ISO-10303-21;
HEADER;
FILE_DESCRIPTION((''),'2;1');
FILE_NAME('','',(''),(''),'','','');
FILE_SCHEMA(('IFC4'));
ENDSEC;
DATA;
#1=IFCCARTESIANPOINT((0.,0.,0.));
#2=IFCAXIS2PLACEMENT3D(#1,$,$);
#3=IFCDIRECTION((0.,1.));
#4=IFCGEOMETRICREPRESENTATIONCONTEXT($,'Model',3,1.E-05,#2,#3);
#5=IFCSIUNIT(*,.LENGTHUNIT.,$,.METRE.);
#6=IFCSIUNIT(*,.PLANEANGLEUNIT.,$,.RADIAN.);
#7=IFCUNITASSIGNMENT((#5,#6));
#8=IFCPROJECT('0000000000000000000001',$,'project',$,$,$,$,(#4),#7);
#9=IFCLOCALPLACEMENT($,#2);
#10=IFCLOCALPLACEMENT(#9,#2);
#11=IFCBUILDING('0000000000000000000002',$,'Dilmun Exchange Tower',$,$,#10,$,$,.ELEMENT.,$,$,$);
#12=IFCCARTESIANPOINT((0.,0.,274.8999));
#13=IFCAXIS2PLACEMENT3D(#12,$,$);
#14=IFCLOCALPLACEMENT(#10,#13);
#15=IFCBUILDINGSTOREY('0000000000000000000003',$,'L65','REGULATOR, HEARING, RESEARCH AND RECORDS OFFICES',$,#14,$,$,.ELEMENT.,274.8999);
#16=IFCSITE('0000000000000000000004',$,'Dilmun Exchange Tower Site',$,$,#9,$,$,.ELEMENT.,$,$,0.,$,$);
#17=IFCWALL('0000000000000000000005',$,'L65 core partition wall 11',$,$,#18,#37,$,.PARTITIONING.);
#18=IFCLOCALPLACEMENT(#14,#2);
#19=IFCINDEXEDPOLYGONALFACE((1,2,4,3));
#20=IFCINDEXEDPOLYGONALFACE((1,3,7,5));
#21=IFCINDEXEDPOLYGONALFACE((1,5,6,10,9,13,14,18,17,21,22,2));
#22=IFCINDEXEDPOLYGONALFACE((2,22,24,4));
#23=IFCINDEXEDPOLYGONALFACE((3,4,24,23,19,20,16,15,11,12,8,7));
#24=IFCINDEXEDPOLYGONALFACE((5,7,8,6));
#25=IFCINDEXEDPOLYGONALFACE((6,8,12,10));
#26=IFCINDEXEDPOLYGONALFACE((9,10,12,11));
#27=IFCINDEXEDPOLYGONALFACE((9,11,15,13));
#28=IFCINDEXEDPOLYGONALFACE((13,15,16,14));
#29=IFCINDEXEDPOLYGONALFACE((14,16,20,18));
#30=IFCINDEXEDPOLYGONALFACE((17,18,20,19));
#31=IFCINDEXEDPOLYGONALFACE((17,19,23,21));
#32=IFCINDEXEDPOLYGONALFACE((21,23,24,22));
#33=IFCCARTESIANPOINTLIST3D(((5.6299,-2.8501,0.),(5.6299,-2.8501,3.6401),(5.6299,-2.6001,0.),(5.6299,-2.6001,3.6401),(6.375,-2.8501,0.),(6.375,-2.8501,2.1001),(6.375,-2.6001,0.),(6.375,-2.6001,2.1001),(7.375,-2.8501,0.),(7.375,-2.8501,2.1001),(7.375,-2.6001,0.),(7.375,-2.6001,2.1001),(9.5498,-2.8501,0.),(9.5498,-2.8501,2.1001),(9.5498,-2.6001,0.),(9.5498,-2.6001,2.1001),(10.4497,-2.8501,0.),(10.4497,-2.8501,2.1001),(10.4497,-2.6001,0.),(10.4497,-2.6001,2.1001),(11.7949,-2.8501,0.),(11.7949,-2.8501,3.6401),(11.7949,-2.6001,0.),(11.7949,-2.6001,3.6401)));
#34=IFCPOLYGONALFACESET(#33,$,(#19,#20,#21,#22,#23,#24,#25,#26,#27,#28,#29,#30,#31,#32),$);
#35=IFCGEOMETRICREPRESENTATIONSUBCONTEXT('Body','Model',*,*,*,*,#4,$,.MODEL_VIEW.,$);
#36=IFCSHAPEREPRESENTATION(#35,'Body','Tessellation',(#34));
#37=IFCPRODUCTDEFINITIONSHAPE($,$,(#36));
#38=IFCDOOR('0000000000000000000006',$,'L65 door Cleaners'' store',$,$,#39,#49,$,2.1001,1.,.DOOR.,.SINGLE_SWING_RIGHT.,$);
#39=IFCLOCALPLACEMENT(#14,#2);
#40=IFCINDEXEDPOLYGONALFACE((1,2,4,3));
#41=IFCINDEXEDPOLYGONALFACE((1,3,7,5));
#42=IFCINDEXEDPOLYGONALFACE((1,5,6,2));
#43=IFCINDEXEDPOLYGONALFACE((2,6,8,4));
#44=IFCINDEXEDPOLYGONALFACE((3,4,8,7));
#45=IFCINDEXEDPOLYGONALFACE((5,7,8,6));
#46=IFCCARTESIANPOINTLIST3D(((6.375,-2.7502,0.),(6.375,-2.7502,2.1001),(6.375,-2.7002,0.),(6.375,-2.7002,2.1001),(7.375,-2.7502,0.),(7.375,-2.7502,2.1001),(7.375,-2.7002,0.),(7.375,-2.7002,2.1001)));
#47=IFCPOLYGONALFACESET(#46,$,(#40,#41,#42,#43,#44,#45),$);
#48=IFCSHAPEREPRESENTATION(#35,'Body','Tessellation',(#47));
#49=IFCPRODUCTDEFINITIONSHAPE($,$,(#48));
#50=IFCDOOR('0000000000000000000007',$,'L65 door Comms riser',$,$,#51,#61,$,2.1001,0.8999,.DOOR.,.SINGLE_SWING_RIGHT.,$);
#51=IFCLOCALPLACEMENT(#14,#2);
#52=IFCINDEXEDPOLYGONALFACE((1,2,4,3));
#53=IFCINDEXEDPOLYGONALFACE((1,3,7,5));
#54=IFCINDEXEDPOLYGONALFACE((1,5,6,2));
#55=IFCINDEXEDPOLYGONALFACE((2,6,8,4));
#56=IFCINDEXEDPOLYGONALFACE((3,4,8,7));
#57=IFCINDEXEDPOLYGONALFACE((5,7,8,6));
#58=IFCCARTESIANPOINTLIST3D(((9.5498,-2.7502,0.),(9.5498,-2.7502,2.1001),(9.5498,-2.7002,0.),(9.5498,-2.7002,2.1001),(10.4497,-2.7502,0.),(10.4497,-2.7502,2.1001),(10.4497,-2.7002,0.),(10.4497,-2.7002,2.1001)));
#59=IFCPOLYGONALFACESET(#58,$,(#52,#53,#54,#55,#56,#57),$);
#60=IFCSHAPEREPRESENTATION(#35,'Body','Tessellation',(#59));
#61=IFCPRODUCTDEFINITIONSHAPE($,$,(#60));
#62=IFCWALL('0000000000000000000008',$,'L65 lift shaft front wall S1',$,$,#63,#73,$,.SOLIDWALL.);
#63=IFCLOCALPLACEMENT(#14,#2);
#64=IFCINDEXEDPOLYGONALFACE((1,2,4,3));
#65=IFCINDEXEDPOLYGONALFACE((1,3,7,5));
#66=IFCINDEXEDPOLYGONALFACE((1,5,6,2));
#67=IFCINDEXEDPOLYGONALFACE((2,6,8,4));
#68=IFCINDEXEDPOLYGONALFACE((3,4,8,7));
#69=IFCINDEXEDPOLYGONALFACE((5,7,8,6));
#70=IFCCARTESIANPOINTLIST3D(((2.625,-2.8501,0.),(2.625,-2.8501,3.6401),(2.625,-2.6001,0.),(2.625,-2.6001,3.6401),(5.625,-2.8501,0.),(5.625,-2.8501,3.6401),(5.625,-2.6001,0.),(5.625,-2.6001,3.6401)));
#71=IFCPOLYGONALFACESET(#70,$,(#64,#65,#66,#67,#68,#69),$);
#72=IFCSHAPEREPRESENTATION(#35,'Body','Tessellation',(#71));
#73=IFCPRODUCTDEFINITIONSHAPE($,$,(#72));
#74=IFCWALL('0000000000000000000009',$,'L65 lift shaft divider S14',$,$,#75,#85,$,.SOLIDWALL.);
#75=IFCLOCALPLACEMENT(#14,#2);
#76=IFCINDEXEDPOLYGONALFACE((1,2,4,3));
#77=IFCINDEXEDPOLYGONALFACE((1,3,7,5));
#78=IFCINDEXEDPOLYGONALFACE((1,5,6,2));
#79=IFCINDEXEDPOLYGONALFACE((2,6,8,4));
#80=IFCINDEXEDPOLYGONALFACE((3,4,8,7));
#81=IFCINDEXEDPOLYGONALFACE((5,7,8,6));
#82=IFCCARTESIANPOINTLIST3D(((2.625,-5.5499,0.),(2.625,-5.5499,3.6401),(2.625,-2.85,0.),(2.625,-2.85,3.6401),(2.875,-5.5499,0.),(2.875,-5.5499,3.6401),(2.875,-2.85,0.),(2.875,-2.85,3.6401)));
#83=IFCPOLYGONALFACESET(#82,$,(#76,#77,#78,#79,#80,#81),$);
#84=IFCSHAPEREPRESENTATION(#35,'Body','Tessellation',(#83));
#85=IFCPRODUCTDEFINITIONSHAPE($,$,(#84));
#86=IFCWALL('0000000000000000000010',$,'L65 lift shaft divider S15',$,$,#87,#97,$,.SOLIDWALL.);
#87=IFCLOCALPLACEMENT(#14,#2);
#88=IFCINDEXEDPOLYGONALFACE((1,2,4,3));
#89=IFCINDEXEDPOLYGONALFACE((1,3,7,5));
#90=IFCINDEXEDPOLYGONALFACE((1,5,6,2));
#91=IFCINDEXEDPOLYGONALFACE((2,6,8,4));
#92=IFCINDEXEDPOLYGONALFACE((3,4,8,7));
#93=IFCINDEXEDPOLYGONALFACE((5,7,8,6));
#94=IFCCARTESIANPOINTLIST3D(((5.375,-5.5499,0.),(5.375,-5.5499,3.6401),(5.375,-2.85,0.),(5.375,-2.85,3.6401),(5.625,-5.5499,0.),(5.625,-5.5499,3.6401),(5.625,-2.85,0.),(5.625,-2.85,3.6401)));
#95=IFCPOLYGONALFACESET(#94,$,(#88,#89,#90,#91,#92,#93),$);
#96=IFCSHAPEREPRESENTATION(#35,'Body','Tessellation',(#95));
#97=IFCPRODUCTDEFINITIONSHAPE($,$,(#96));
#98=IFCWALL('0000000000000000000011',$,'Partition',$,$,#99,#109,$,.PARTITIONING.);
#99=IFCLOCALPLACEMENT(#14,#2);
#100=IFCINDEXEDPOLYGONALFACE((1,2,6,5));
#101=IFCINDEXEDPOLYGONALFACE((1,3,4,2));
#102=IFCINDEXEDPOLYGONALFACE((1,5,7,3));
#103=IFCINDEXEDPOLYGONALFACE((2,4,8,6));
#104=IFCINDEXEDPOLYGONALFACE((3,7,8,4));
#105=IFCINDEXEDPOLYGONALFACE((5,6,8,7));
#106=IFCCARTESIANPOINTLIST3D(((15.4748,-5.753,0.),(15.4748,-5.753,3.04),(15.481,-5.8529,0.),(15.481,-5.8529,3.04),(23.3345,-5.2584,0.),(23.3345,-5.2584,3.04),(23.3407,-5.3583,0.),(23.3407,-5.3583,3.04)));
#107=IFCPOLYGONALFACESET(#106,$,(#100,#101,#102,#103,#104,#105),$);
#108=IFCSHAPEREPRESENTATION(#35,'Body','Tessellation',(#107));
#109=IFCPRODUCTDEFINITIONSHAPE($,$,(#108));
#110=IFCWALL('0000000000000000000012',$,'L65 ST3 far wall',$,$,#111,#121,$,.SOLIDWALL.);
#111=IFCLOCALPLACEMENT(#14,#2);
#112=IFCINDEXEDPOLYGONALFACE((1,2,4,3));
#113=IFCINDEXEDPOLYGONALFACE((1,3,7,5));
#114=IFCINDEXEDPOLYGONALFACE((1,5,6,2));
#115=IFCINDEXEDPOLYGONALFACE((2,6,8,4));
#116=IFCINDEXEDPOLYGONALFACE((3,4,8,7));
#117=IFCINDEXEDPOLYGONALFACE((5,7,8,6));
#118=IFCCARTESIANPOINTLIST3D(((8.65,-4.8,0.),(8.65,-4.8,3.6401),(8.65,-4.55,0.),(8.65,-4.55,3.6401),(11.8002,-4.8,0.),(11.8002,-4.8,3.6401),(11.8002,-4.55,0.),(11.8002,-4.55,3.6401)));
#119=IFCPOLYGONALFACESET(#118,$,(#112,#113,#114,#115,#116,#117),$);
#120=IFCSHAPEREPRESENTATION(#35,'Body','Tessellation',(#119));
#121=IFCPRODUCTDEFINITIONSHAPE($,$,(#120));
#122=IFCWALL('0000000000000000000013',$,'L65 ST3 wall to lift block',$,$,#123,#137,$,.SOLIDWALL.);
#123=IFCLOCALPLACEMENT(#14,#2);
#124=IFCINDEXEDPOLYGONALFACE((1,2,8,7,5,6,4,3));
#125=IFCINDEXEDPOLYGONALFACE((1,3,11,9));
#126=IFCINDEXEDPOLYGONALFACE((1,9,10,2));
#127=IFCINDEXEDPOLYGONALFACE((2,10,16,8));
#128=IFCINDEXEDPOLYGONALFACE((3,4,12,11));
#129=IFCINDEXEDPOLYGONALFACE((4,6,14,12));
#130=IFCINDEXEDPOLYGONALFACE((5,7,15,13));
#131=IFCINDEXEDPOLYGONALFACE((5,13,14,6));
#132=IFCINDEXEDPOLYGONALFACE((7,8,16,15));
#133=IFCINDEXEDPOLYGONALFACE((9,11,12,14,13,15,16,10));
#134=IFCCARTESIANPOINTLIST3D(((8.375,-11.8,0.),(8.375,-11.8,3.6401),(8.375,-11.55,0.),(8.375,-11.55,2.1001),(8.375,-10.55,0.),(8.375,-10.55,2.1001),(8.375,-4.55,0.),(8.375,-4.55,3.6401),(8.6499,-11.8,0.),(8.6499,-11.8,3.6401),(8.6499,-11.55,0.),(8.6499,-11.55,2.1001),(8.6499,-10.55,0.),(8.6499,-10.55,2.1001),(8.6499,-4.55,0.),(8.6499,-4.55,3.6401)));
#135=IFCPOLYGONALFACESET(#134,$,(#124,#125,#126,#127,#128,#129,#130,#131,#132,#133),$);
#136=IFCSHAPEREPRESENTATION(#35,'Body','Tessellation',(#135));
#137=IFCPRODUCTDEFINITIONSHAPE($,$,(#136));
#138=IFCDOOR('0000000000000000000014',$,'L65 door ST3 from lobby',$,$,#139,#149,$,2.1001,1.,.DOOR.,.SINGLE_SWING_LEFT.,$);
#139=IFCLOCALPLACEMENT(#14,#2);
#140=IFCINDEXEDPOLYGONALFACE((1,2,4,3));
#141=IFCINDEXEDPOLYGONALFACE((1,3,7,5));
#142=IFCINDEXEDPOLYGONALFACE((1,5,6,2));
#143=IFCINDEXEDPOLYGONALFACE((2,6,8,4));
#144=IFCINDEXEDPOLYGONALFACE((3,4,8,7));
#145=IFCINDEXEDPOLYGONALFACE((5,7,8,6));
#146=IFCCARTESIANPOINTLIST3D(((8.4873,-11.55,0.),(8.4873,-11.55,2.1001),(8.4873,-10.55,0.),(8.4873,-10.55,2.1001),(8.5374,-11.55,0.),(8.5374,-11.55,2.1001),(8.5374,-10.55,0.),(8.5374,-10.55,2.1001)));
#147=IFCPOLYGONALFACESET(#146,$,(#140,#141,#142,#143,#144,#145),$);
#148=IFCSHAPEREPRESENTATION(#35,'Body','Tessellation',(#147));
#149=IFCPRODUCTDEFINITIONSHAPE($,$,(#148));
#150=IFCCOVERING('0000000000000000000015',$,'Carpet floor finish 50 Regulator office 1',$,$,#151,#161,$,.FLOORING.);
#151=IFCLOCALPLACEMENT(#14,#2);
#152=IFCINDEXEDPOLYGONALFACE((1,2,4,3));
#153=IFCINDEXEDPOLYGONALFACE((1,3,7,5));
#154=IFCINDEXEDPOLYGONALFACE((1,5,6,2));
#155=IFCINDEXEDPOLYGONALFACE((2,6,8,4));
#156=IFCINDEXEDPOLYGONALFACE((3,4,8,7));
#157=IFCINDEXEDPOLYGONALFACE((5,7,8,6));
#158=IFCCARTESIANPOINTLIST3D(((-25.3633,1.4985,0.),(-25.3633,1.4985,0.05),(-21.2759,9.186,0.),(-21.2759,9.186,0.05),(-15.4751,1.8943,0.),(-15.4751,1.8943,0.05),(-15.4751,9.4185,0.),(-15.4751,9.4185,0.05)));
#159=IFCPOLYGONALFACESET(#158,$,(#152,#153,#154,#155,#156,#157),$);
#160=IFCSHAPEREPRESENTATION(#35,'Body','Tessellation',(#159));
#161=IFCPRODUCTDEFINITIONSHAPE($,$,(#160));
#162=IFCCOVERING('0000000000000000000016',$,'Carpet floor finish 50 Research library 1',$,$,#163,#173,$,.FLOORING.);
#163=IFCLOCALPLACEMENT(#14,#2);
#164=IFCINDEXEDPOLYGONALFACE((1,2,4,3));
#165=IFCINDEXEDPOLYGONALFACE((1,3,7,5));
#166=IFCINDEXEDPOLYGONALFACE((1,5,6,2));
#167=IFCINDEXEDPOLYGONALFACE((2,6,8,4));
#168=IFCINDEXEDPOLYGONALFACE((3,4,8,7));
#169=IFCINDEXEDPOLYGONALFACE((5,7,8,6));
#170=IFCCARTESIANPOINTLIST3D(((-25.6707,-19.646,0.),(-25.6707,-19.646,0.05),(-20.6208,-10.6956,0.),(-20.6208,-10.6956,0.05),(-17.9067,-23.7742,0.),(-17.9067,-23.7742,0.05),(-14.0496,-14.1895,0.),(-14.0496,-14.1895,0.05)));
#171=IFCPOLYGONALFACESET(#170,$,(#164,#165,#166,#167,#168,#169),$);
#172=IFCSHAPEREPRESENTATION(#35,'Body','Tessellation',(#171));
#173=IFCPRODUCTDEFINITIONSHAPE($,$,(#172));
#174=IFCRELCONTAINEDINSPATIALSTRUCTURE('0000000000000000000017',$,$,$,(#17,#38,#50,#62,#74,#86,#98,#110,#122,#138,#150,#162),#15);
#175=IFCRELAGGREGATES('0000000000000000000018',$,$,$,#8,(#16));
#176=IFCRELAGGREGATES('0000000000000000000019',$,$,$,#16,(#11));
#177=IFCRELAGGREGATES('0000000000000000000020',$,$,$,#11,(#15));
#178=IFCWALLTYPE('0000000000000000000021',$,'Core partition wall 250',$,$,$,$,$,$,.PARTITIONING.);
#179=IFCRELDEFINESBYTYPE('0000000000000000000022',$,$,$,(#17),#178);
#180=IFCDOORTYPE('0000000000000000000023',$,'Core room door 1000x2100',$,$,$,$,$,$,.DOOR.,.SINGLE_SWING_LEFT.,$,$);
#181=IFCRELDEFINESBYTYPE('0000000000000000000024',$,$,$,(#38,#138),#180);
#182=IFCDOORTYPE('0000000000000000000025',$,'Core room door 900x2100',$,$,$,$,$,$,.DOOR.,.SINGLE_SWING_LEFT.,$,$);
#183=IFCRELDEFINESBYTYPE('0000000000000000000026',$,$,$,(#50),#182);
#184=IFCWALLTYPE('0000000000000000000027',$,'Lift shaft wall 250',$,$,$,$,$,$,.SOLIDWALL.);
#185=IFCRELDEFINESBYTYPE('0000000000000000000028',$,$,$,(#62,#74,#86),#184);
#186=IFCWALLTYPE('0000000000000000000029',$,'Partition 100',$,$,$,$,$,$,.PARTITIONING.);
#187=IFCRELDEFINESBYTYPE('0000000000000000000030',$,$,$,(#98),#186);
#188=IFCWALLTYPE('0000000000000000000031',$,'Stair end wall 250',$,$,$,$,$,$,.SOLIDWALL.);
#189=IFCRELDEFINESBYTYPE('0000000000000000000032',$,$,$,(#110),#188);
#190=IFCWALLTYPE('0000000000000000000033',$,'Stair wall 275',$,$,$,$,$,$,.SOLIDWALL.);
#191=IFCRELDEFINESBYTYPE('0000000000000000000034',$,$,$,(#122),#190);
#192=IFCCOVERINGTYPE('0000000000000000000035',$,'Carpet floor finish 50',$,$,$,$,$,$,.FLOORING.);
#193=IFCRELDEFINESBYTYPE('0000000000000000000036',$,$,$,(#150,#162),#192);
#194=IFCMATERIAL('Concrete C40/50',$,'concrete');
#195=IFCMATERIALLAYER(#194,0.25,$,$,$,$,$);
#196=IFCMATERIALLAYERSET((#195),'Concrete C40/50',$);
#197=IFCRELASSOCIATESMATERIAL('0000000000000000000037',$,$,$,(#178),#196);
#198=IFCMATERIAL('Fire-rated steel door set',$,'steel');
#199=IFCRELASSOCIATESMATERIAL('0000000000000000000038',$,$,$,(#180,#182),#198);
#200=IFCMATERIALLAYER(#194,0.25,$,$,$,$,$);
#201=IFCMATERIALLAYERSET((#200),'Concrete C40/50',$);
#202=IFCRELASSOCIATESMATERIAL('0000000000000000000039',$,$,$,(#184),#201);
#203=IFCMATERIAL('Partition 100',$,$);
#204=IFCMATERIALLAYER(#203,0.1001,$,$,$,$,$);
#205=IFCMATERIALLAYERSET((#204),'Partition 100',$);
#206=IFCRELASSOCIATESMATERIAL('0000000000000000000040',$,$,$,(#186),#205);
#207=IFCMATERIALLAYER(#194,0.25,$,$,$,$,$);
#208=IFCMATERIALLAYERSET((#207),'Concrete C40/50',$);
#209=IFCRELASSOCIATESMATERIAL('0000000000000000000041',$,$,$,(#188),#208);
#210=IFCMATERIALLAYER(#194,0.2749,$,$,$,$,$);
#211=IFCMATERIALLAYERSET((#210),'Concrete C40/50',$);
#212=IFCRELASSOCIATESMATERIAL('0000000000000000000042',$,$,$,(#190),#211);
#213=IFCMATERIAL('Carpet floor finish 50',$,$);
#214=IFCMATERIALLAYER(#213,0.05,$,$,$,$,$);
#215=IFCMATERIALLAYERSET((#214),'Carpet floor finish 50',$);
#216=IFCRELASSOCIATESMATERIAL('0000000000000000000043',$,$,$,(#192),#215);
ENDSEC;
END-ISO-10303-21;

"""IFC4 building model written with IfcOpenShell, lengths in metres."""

from ifc_helpers import new_model, si_unit, direction, frame, frame_2d, origin, place, context, subcontext, project, spatial, polyline, rectangle, outline, extrude, material, layer, layer_set, type_object, element, fill, save


model = new_model("IFC4")

# Units and contexts
model_context = context("Model", 3, precision=1e-05, world=origin(), true_north=direction((0.0, 1.0)))
body_context = subcontext(model_context, "Body", "Model", "MODEL_VIEW")
ifc_project = project(units=[si_unit("LENGTHUNIT", "METRE"), si_unit("PLANEANGLEUNIT", "RADIAN")], contexts=[model_context])

# Site, building, storey
site_placement = place(None, origin())
site = spatial("IfcSite", under=ifc_project, at=site_placement, Name="Dilmun Exchange Tower Site", CompositionType="ELEMENT", RefElevation=0.0)
building_placement = place(site_placement, origin())
building = spatial("IfcBuilding", under=site, at=building_placement, Name="Dilmun Exchange Tower", CompositionType="ELEMENT")
storey_placement = place(building_placement, frame((0.0, 0.0, 274.8999)))
storey = spatial("IfcBuildingStorey", under=building, at=storey_placement, Name="L65", Description="REGULATOR, HEARING, RESEARCH AND RECORDS OFFICES", CompositionType="ELEMENT", Elevation=274.8999)

# Shared definitions
ifc_material_1 = material(Name="Concrete C40/50", Category="concrete")

# Shared definitions
ifc_material_2 = material(Name="Fire-rated steel door set", Category="steel")

# Shared definitions
ifc_layer_1 = layer(ifc_material_1, 0.25)
ifc_layer_set_1 = layer_set([ifc_layer_1], Name="Concrete C40/50")
wall_type_1 = type_object("IfcWallType", Name="Core partition wall 250", PredefinedType="PARTITIONING", material=ifc_layer_set_1)

# Wall, openings, doors
wall_1_placement = place(storey_placement, frame((5.6299, -2.7251, 0.0), z_axis=(0.0, 0.0, 1.0), x_axis=(1.0, 0.0, 0.0)))
wall_1 = element("IfcWall", 1, at=wall_1_placement, inside=storey, type_object=wall_type_1, Name="L65 core partition wall 11", PredefinedType="PARTITIONING", context=body_context, shape_type="SweptSolid", body=[
    extrude(rectangle(XDim=6.165, YDim=0.25, at=frame_2d((3.0825, 0.0))), origin(), (0.0, 0.0, 1.0), 3.6401),
])
opening_1_placement = place(wall_1_placement, frame((0.7451, 0.0, 0.0)))
opening_1 = element("IfcOpeningElement", 2, at=opening_1_placement, cuts=wall_1, PredefinedType="OPENING", context=body_context, shape_type="SweptSolid", body=[
    extrude(rectangle(XDim=1.0, YDim=2.1001, at=frame_2d((0.5, 1.05))), frame((0.0, 0.135, 0.0), z_axis=(0.0, -1.0, 0.0), x_axis=(1.0, 0.0, 0.0)), (0.0, 0.0, 1.0), 0.27),
])
opening_2_placement = place(wall_1_placement, frame((3.9199, 0.0, 0.0)))
opening_2 = element("IfcOpeningElement", 3, at=opening_2_placement, cuts=wall_1, PredefinedType="OPENING", context=body_context, shape_type="SweptSolid", body=[
    extrude(rectangle(XDim=0.8999, YDim=2.1001, at=frame_2d((0.45, 1.05))), frame((0.0, 0.135, 0.0), z_axis=(0.0, -1.0, 0.0), x_axis=(1.0, 0.0, 0.0)), (0.0, 0.0, 1.0), 0.27),
])
door_type_1 = type_object("IfcDoorType", Name="Core room door 1000x2100", OperationType="SINGLE_SWING_LEFT", PredefinedType="DOOR", material=ifc_material_2)
door_1_placement = place(opening_1_placement, origin())
door_1 = element("IfcDoor", 4, at=door_1_placement, inside=storey, type_object=door_type_1, Name="L65 door Cleaners' store", OperationType="SINGLE_SWING_RIGHT", OverallHeight=2.1001, OverallWidth=1.0, PredefinedType="DOOR", context=body_context, shape_type="SweptSolid", body=[
    extrude(rectangle(XDim=1.0, YDim=2.1001, at=frame_2d((0.5, 1.05))), frame((0.0, 0.0249, 0.0), z_axis=(0.0, -1.0, 0.0), x_axis=(1.0, 0.0, 0.0)), (0.0, 0.0, 1.0), 0.05),
])
fill(opening_1, door_1)
door_type_2 = type_object("IfcDoorType", Name="Core room door 900x2100", OperationType="SINGLE_SWING_LEFT", PredefinedType="DOOR", material=ifc_material_2)
door_2_placement = place(opening_2_placement, origin())
door_2 = element("IfcDoor", 5, at=door_2_placement, inside=storey, type_object=door_type_2, Name="L65 door Comms riser", OperationType="SINGLE_SWING_RIGHT", OverallHeight=2.1001, OverallWidth=0.8999, PredefinedType="DOOR", context=body_context, shape_type="SweptSolid", body=[
    extrude(rectangle(XDim=0.8999, YDim=2.1001, at=frame_2d((0.45, 1.05))), frame((0.0, 0.0249, 0.0), z_axis=(0.0, -1.0, 0.0), x_axis=(1.0, 0.0, 0.0)), (0.0, 0.0, 1.0), 0.05),
])
fill(opening_2, door_2)

# Walls
ifc_layer_2 = layer(ifc_material_1, 0.25)
ifc_layer_set_2 = layer_set([ifc_layer_2], Name="Concrete C40/50")
wall_type_2 = type_object("IfcWallType", Name="Lift shaft wall 250", PredefinedType="SOLIDWALL", material=ifc_layer_set_2)
wall_2_placement = place(storey_placement, frame((2.625, -2.7251, 0.0), z_axis=(0.0, 0.0, 1.0), x_axis=(1.0, 0.0, 0.0)))
element("IfcWall", 6, at=wall_2_placement, inside=storey, type_object=wall_type_2, Name="L65 lift shaft front wall S1", PredefinedType="SOLIDWALL", context=body_context, shape_type="SweptSolid", body=[
    extrude(rectangle(XDim=3.0, YDim=0.25, at=frame_2d((1.5, 0.0))), origin(), (0.0, 0.0, 1.0), 3.6401),
])
for number, where, z_axis, x_axis, name in (
    (7, (2.75, -5.55, 0.0), (0.0, 0.0, 1.0), (0.0, 1.0, 0.0), "L65 lift shaft divider S14"),
    (8, (5.5, -5.55, 0.0), (0.0, 0.0, 1.0), (0.0, 1.0, 0.0), "L65 lift shaft divider S15"),
):
    element("IfcWall", number, at=place(storey_placement, frame(where, z_axis=z_axis, x_axis=x_axis)), inside=storey, type_object=wall_type_2, Name=name, PredefinedType="SOLIDWALL", context=body_context, shape_type="SweptSolid", body=[
        extrude(rectangle(XDim=2.7, YDim=0.25, at=frame_2d((1.3501, 0.0))), origin(), (0.0, 0.0, 1.0), 3.6401),
    ])
ifc_material_3 = material(Name="Partition 100")
ifc_layer_3 = layer(ifc_material_3, 0.1001)
ifc_layer_set_3 = layer_set([ifc_layer_3], Name="Partition 100")
wall_type_3 = type_object("IfcWallType", Name="Partition 100", PredefinedType="PARTITIONING", material=ifc_layer_set_3)
wall_3_placement = place(storey_placement, frame((15.478, -5.803, 0.0), z_axis=(0.0, 0.0, 1.0), x_axis=(0.998026, 0.062809, 0.0)))
element("IfcWall", 9, at=wall_3_placement, inside=storey, type_object=wall_type_3, Name="Partition", PredefinedType="PARTITIONING", context=body_context, shape_type="SweptSolid", body=[
    extrude(rectangle(XDim=7.8752, YDim=0.1001, at=frame_2d((3.9375, 0.0))), origin(), (0.0, 0.0, 1.0), 3.04),
])
ifc_layer_4 = layer(ifc_material_1, 0.25)
ifc_layer_set_4 = layer_set([ifc_layer_4], Name="Concrete C40/50")
wall_type_4 = type_object("IfcWallType", Name="Stair end wall 250", PredefinedType="SOLIDWALL", material=ifc_layer_set_4)
wall_4_placement = place(storey_placement, frame((8.6499, -4.675, 0.0), z_axis=(0.0, 0.0, 1.0), x_axis=(1.0, 0.0, 0.0)))
element("IfcWall", 10, at=wall_4_placement, inside=storey, type_object=wall_type_4, Name="L65 ST3 far wall", PredefinedType="SOLIDWALL", context=body_context, shape_type="SweptSolid", body=[
    extrude(rectangle(XDim=3.1501, YDim=0.25, at=frame_2d((1.5752, 0.0))), origin(), (0.0, 0.0, 1.0), 3.6401),
])

# Wall, opening, door
ifc_layer_5 = layer(ifc_material_1, 0.2749)
ifc_layer_set_5 = layer_set([ifc_layer_5], Name="Concrete C40/50")
wall_type_5 = type_object("IfcWallType", Name="Stair wall 275", PredefinedType="SOLIDWALL", material=ifc_layer_set_5)
wall_5_placement = place(storey_placement, frame((8.5125, -4.55, 0.0), z_axis=(0.0, 0.0, 1.0), x_axis=(0.0, -1.0, 0.0)))
wall_5 = element("IfcWall", 11, at=wall_5_placement, inside=storey, type_object=wall_type_5, Name="L65 ST3 wall to lift block", PredefinedType="SOLIDWALL", context=body_context, shape_type="SweptSolid", body=[
    extrude(rectangle(XDim=7.25, YDim=0.2749, at=frame_2d((3.625, 0.0))), origin(), (0.0, 0.0, 1.0), 3.6401),
])
opening_3_placement = place(wall_5_placement, frame((6.0, 0.0, 0.0)))
opening_3 = element("IfcOpeningElement", 12, at=opening_3_placement, cuts=wall_5, PredefinedType="OPENING", context=body_context, shape_type="SweptSolid", body=[
    extrude(rectangle(XDim=1.0, YDim=2.1001, at=frame_2d((0.5, 1.05))), frame((0.0, 0.1475, 0.0), z_axis=(0.0, -1.0, 0.0), x_axis=(1.0, 0.0, 0.0)), (0.0, 0.0, 1.0), 0.2949),
])
door_3_placement = place(opening_3_placement, origin())
door_3 = element("IfcDoor", 13, at=door_3_placement, inside=storey, type_object=door_type_1, Name="L65 door ST3 from lobby", OperationType="SINGLE_SWING_LEFT", OverallHeight=2.1001, OverallWidth=1.0, PredefinedType="DOOR", context=body_context, shape_type="SweptSolid", body=[
    extrude(rectangle(XDim=1.0, YDim=2.1001, at=frame_2d((0.5, 1.05))), frame((0.0, 0.0249, 0.0), z_axis=(0.0, -1.0, 0.0), x_axis=(1.0, 0.0, 0.0)), (0.0, 0.0, 1.0), 0.05),
])
fill(opening_3, door_3)

# Coverings
ifc_material_4 = material(Name="Carpet floor finish 50")
ifc_layer_6 = layer(ifc_material_4, 0.05)
ifc_layer_set_6 = layer_set([ifc_layer_6], Name="Carpet floor finish 50")
covering_type_1 = type_object("IfcCoveringType", Name="Carpet floor finish 50", PredefinedType="FLOORING", material=ifc_layer_set_6)
covering_1_placement = place(storey_placement, origin())
element("IfcCovering", 14, at=covering_1_placement, inside=storey, type_object=covering_type_1, Name="Carpet floor finish 50 Regulator office 1", PredefinedType="FLOORING", context=body_context, shape_type="SweptSolid", body=[
    extrude(outline(polyline([(-15.4751, 9.4185), (-15.4751, 1.8943), (-25.3633, 1.4985), (-21.2759, 9.186), (-15.4751, 9.4185)])), origin(), (0.0, 0.0, 1.0), 0.05),
])
covering_2_placement = place(storey_placement, origin())
element("IfcCovering", 15, at=covering_2_placement, inside=storey, type_object=covering_type_1, Name="Carpet floor finish 50 Research library 1", PredefinedType="FLOORING", context=body_context, shape_type="SweptSolid", body=[
    extrude(outline(polyline([(-14.0496, -14.1895), (-17.9067, -23.7742), (-25.6707, -19.646), (-20.6208, -10.6956), (-14.0496, -14.1895)])), origin(), (0.0, 0.0, 1.0), 0.05),
])

save(model, "model.ifc")
